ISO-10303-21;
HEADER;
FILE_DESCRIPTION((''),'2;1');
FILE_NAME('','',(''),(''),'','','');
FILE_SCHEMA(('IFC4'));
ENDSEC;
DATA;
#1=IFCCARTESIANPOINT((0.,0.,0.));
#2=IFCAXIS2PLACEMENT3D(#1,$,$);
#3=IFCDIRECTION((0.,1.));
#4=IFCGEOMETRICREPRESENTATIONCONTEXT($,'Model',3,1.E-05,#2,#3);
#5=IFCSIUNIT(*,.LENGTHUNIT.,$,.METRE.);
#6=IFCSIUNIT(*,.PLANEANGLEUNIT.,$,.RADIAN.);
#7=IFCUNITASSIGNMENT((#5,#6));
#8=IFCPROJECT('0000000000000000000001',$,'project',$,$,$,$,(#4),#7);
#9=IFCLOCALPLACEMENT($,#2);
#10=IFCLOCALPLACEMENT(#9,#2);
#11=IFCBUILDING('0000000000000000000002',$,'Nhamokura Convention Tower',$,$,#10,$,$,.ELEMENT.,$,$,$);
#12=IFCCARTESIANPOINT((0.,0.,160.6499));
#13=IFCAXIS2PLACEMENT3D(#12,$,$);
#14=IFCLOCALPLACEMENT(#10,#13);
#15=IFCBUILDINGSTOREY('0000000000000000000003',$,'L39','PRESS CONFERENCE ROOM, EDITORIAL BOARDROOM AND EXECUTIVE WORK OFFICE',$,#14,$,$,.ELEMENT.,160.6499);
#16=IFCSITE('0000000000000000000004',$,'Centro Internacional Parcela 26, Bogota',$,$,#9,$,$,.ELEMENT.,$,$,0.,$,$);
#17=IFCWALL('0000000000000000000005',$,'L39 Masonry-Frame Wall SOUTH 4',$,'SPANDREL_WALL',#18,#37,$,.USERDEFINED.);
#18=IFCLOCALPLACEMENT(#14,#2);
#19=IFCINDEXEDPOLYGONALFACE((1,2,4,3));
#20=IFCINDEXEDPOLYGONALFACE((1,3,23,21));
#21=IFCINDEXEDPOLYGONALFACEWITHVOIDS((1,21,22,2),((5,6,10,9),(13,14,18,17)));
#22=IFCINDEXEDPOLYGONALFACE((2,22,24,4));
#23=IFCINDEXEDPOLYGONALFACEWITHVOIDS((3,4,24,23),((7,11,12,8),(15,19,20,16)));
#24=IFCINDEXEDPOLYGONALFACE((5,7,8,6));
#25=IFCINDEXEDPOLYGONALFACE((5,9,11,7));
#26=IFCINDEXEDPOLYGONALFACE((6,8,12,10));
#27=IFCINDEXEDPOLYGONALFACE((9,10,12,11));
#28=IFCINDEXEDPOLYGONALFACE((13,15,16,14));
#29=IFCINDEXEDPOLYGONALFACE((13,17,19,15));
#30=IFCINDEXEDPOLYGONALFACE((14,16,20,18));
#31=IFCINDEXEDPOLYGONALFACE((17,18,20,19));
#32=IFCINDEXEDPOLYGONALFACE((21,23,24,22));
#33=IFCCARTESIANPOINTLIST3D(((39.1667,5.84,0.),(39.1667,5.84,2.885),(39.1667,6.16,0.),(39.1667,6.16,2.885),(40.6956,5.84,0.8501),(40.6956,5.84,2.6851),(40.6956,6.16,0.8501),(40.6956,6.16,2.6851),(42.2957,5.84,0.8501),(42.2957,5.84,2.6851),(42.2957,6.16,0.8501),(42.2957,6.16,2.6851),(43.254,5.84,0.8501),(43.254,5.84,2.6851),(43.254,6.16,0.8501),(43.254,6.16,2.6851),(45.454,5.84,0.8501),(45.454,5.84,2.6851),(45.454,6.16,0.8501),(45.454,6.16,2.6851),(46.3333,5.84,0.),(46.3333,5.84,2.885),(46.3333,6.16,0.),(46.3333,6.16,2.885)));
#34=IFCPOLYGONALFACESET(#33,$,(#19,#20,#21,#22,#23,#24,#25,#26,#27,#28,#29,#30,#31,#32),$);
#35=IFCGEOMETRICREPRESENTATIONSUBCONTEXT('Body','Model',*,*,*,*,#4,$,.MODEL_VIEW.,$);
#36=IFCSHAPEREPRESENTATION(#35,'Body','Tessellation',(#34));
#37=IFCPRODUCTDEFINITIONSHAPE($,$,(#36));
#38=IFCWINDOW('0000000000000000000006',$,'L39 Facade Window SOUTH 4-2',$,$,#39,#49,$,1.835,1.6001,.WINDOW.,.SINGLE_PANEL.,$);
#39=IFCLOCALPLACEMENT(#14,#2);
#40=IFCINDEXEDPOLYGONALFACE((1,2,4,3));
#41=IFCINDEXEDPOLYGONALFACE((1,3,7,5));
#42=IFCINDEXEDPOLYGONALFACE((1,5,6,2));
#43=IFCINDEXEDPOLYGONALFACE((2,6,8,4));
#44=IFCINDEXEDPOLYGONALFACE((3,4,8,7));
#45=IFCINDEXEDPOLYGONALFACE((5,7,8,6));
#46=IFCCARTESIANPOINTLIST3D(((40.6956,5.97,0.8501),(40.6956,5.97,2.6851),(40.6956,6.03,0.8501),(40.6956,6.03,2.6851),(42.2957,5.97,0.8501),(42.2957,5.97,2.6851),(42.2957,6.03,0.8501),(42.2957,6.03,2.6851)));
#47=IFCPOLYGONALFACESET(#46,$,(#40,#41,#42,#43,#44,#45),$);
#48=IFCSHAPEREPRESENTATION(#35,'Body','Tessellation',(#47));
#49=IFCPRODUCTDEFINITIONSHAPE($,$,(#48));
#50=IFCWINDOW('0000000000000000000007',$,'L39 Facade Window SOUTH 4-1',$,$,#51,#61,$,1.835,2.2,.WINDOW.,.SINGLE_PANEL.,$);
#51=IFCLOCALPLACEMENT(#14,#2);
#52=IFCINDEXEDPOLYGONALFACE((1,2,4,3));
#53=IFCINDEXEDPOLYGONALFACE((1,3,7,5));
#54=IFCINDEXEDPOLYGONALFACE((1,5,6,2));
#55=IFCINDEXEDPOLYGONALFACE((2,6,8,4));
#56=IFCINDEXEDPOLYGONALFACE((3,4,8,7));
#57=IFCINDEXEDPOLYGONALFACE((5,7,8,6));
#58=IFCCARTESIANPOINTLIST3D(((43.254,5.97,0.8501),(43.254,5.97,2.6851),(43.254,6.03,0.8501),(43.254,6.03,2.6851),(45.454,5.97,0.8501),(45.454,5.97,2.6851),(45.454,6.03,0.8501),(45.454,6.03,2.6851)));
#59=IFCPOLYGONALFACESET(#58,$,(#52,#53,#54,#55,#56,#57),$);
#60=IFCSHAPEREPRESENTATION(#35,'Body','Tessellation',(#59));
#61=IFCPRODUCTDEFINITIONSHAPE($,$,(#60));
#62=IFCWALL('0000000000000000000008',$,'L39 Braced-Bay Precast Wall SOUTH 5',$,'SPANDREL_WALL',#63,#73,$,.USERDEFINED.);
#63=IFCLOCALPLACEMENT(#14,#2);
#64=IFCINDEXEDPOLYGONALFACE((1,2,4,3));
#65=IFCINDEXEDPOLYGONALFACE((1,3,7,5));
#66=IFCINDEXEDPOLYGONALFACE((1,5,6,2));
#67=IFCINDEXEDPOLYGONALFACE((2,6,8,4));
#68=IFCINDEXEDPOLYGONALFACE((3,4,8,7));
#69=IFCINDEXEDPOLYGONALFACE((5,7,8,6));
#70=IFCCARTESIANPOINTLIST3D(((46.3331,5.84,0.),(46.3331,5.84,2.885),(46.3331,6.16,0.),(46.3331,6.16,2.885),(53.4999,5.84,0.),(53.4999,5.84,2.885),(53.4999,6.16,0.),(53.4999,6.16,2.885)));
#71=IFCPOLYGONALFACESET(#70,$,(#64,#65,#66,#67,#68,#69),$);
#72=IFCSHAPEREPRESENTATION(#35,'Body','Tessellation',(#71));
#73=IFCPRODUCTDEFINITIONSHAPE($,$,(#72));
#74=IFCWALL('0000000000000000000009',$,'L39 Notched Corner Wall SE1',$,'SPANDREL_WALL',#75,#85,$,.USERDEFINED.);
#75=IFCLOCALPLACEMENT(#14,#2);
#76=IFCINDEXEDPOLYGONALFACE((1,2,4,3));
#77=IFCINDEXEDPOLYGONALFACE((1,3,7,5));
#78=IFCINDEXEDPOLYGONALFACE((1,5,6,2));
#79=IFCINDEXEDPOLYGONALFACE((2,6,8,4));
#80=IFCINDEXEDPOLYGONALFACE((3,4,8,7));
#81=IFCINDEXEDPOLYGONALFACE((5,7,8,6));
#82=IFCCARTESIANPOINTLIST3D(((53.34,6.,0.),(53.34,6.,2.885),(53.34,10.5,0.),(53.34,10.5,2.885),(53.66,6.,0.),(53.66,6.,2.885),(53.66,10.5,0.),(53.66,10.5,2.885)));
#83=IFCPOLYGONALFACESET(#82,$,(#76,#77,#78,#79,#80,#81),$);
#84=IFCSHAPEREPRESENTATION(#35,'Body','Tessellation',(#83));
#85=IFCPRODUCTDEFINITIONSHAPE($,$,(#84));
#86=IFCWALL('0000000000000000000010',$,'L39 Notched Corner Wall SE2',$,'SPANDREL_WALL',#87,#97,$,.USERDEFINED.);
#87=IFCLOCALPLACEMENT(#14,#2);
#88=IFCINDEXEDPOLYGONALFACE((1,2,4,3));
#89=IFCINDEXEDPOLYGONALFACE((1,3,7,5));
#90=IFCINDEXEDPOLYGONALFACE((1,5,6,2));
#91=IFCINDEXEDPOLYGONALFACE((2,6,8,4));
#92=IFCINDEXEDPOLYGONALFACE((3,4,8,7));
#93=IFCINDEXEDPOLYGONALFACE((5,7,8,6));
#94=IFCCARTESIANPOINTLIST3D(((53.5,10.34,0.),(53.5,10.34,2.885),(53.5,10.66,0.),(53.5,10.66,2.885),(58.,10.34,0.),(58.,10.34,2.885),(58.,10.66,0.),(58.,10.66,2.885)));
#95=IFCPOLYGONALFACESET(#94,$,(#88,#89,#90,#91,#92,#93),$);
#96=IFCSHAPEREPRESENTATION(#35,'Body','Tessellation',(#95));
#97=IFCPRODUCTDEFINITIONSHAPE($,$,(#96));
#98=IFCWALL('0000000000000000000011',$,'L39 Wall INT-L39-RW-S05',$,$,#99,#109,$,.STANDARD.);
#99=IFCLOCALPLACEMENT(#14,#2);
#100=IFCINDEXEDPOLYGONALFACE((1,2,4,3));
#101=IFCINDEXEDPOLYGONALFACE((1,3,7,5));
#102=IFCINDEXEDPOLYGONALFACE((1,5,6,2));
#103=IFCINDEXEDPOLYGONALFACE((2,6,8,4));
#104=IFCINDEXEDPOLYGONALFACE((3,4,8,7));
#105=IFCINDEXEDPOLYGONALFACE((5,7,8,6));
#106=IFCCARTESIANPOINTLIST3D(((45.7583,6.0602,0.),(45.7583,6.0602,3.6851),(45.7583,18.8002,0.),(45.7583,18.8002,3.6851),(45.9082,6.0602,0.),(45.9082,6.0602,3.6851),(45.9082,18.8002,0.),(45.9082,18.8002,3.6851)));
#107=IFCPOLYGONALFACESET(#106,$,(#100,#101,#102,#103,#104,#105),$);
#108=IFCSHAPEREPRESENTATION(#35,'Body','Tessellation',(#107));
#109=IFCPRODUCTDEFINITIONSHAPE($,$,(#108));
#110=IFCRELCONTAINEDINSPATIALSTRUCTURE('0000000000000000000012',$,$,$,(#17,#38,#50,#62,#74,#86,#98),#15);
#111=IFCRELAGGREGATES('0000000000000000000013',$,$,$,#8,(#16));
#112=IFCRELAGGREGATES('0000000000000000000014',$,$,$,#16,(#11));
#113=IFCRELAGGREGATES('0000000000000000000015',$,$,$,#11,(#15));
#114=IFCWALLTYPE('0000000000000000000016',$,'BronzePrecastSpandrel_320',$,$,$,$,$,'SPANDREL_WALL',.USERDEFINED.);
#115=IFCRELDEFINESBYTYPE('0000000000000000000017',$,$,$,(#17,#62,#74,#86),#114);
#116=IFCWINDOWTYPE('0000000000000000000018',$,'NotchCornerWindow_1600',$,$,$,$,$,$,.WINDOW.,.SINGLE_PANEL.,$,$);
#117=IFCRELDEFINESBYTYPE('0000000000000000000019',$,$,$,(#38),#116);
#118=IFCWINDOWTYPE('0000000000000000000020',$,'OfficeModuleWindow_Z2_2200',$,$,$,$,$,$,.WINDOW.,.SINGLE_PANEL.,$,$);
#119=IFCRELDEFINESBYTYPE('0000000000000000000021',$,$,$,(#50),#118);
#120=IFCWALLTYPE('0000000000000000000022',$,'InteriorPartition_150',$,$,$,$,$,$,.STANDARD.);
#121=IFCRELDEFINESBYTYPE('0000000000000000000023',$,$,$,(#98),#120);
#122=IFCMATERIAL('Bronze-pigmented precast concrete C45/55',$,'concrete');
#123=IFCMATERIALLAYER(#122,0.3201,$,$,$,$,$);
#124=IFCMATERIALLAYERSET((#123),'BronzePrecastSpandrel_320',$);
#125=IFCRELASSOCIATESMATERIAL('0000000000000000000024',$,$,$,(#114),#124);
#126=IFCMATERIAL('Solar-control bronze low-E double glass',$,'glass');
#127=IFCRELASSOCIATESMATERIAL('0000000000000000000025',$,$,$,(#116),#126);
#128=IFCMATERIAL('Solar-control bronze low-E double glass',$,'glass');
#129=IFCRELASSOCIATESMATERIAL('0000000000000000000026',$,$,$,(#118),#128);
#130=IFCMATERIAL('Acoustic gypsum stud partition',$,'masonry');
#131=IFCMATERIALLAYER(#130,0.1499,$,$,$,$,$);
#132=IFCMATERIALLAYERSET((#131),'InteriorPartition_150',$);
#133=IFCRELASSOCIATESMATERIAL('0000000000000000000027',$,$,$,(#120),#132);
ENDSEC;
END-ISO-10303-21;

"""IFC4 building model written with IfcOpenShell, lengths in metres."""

from ifc_helpers import new_model, si_unit, direction, frame, frame_2d, origin, place, context, subcontext, project, spatial, rectangle, extrude, material, layer, layer_set, type_object, element, fill, save


model = new_model("IFC4")

# Units and contexts
model_context = context("Model", 3, precision=1e-05, world=origin(), true_north=direction((0.0, 1.0)))
body_context = subcontext(model_context, "Body", "Model", "MODEL_VIEW")
ifc_project = project(units=[si_unit("LENGTHUNIT", "METRE"), si_unit("PLANEANGLEUNIT", "RADIAN")], contexts=[model_context])

# Site, building, storey
site_placement = place(None, origin())
site = spatial("IfcSite", under=ifc_project, at=site_placement, Name="Centro Internacional Parcela 26, Bogota", CompositionType="ELEMENT", RefElevation=0.0)
building_placement = place(site_placement, origin())
building = spatial("IfcBuilding", under=site, at=building_placement, Name="Nhamokura Convention Tower", CompositionType="ELEMENT")
storey_placement = place(building_placement, frame((0.0, 0.0, 160.6499)))
storey = spatial("IfcBuildingStorey", under=building, at=storey_placement, Name="L39", Description="PRESS CONFERENCE ROOM, EDITORIAL BOARDROOM AND EXECUTIVE WORK OFFICE", CompositionType="ELEMENT", Elevation=160.6499)

# Wall, openings, windows
ifc_material_1 = material(Name="Bronze-pigmented precast concrete C45/55", Category="concrete")
ifc_layer_1 = layer(ifc_material_1, 0.3201)
ifc_layer_set_1 = layer_set([ifc_layer_1], Name="BronzePrecastSpandrel_320")
wall_type_1 = type_object("IfcWallType", Name="BronzePrecastSpandrel_320", ElementType="SPANDREL_WALL", PredefinedType="USERDEFINED", material=ifc_layer_set_1)
wall_1_placement = place(storey_placement, frame((46.3333, 6.0, 0.0), z_axis=(0.0, 0.0, 1.0), x_axis=(-1.0, 0.0, 0.0)))
wall_1 = element("IfcWall", 1, at=wall_1_placement, inside=storey, type_object=wall_type_1, Name="L39 Masonry-Frame Wall SOUTH 4", ObjectType="SPANDREL_WALL", PredefinedType="USERDEFINED", context=body_context, shape_type="SweptSolid", body=[
    extrude(rectangle(XDim=7.1665, YDim=0.3201, at=frame_2d((3.5833, 0.0))), origin(), (0.0, 0.0, 1.0), 2.885),
])
opening_1_placement = place(wall_1_placement, frame((0.8792, 0.0, 0.8501)))
opening_1 = element("IfcOpeningElement", 2, at=opening_1_placement, cuts=wall_1, PredefinedType="OPENING", context=body_context, shape_type="SweptSolid", body=[
    extrude(rectangle(XDim=2.2, YDim=1.835, at=frame_2d((1.1001, 0.9175))), frame((0.0, 0.1699, 0.0), z_axis=(0.0, -1.0, 0.0), x_axis=(1.0, 0.0, 0.0)), (0.0, 0.0, 1.0), 0.3401),
])
opening_2_placement = place(wall_1_placement, frame((4.0376, 0.0, 0.8501)))
opening_2 = element("IfcOpeningElement", 3, at=opening_2_placement, cuts=wall_1, PredefinedType="OPENING", context=body_context, shape_type="SweptSolid", body=[
    extrude(rectangle(XDim=1.6001, YDim=1.835, at=frame_2d((0.8, 0.9175))), frame((0.0, 0.1699, 0.0), z_axis=(0.0, -1.0, 0.0), x_axis=(1.0, 0.0, 0.0)), (0.0, 0.0, 1.0), 0.3401),
])
ifc_material_2 = material(Name="Solar-control bronze low-E double glass", Category="glass")
window_type_1 = type_object("IfcWindowType", Name="NotchCornerWindow_1600", PartitioningType="SINGLE_PANEL", PredefinedType="WINDOW", material=ifc_material_2)
window_1_placement = place(opening_2_placement, origin())
window_1 = element("IfcWindow", 4, at=window_1_placement, inside=storey, type_object=window_type_1, Name="L39 Facade Window SOUTH 4-2", OverallHeight=1.835, OverallWidth=1.6001, PartitioningType="SINGLE_PANEL", PredefinedType="WINDOW", context=body_context, shape_type="SweptSolid", body=[
    extrude(rectangle(XDim=1.6001, YDim=1.835, at=frame_2d((0.8, 0.9175))), frame((0.0, 0.03, 0.0), z_axis=(0.0, -1.0, 0.0), x_axis=(1.0, 0.0, 0.0)), (0.0, 0.0, 1.0), 0.0601),
])
fill(opening_2, window_1)
ifc_material_3 = material(Name="Solar-control bronze low-E double glass", Category="glass")
window_type_2 = type_object("IfcWindowType", Name="OfficeModuleWindow_Z2_2200", PartitioningType="SINGLE_PANEL", PredefinedType="WINDOW", material=ifc_material_3)
window_2_placement = place(opening_1_placement, origin())
window_2 = element("IfcWindow", 5, at=window_2_placement, inside=storey, type_object=window_type_2, Name="L39 Facade Window SOUTH 4-1", OverallHeight=1.835, OverallWidth=2.2, PartitioningType="SINGLE_PANEL", PredefinedType="WINDOW", context=body_context, shape_type="SweptSolid", body=[
    extrude(rectangle(XDim=2.2, YDim=1.835, at=frame_2d((1.1001, 0.9175))), frame((0.0, 0.03, 0.0), z_axis=(0.0, -1.0, 0.0), x_axis=(1.0, 0.0, 0.0)), (0.0, 0.0, 1.0), 0.0601),
])
fill(opening_1, window_2)

# Walls
wall_2_placement = place(storey_placement, frame((53.5, 6.0, 0.0), z_axis=(0.0, 0.0, 1.0), x_axis=(-1.0, 0.0, 0.0)))
element("IfcWall", 6, at=wall_2_placement, inside=storey, type_object=wall_type_1, Name="L39 Braced-Bay Precast Wall SOUTH 5", ObjectType="SPANDREL_WALL", PredefinedType="USERDEFINED", context=body_context, shape_type="SweptSolid", body=[
    extrude(rectangle(XDim=7.1667, YDim=0.3201, at=frame_2d((3.5835, 0.0))), origin(), (0.0, 0.0, 1.0), 2.885),
])
for number, where, z_axis, x_axis, name in (
    (7, (53.5, 10.5, 0.0), (0.0, 0.0, 1.0), (0.0, -1.0, 0.0), "L39 Notched Corner Wall SE1"),
    (8, (58.0, 10.5, 0.0), (0.0, 0.0, 1.0), (-1.0, 0.0, 0.0), "L39 Notched Corner Wall SE2"),
):
    element("IfcWall", number, at=place(storey_placement, frame(where, z_axis=z_axis, x_axis=x_axis)), inside=storey, type_object=wall_type_1, Name=name, ObjectType="SPANDREL_WALL", PredefinedType="USERDEFINED", context=body_context, shape_type="SweptSolid", body=[
        extrude(rectangle(XDim=4.5, YDim=0.3201, at=frame_2d((2.25, 0.0))), origin(), (0.0, 0.0, 1.0), 2.885),
    ])
ifc_material_4 = material(Name="Acoustic gypsum stud partition", Category="masonry")
ifc_layer_2 = layer(ifc_material_4, 0.1499)
ifc_layer_set_2 = layer_set([ifc_layer_2], Name="InteriorPartition_150")
wall_type_2 = type_object("IfcWallType", Name="InteriorPartition_150", PredefinedType="STANDARD", material=ifc_layer_set_2)
wall_3_placement = place(storey_placement, frame((45.8333, 6.0601, 0.0), z_axis=(0.0, 0.0, 1.0), x_axis=(0.0, 1.0, 0.0)))
element("IfcWall", 9, at=wall_3_placement, inside=storey, type_object=wall_type_2, Name="L39 Wall INT-L39-RW-S05", PredefinedType="STANDARD", context=body_context, shape_type="SweptSolid", body=[
    extrude(rectangle(XDim=12.74, YDim=0.1499, at=frame_2d((6.3701, 0.0))), origin(), (0.0, 0.0, 1.0), 3.6851),
])

save(model, "model.ifc")
